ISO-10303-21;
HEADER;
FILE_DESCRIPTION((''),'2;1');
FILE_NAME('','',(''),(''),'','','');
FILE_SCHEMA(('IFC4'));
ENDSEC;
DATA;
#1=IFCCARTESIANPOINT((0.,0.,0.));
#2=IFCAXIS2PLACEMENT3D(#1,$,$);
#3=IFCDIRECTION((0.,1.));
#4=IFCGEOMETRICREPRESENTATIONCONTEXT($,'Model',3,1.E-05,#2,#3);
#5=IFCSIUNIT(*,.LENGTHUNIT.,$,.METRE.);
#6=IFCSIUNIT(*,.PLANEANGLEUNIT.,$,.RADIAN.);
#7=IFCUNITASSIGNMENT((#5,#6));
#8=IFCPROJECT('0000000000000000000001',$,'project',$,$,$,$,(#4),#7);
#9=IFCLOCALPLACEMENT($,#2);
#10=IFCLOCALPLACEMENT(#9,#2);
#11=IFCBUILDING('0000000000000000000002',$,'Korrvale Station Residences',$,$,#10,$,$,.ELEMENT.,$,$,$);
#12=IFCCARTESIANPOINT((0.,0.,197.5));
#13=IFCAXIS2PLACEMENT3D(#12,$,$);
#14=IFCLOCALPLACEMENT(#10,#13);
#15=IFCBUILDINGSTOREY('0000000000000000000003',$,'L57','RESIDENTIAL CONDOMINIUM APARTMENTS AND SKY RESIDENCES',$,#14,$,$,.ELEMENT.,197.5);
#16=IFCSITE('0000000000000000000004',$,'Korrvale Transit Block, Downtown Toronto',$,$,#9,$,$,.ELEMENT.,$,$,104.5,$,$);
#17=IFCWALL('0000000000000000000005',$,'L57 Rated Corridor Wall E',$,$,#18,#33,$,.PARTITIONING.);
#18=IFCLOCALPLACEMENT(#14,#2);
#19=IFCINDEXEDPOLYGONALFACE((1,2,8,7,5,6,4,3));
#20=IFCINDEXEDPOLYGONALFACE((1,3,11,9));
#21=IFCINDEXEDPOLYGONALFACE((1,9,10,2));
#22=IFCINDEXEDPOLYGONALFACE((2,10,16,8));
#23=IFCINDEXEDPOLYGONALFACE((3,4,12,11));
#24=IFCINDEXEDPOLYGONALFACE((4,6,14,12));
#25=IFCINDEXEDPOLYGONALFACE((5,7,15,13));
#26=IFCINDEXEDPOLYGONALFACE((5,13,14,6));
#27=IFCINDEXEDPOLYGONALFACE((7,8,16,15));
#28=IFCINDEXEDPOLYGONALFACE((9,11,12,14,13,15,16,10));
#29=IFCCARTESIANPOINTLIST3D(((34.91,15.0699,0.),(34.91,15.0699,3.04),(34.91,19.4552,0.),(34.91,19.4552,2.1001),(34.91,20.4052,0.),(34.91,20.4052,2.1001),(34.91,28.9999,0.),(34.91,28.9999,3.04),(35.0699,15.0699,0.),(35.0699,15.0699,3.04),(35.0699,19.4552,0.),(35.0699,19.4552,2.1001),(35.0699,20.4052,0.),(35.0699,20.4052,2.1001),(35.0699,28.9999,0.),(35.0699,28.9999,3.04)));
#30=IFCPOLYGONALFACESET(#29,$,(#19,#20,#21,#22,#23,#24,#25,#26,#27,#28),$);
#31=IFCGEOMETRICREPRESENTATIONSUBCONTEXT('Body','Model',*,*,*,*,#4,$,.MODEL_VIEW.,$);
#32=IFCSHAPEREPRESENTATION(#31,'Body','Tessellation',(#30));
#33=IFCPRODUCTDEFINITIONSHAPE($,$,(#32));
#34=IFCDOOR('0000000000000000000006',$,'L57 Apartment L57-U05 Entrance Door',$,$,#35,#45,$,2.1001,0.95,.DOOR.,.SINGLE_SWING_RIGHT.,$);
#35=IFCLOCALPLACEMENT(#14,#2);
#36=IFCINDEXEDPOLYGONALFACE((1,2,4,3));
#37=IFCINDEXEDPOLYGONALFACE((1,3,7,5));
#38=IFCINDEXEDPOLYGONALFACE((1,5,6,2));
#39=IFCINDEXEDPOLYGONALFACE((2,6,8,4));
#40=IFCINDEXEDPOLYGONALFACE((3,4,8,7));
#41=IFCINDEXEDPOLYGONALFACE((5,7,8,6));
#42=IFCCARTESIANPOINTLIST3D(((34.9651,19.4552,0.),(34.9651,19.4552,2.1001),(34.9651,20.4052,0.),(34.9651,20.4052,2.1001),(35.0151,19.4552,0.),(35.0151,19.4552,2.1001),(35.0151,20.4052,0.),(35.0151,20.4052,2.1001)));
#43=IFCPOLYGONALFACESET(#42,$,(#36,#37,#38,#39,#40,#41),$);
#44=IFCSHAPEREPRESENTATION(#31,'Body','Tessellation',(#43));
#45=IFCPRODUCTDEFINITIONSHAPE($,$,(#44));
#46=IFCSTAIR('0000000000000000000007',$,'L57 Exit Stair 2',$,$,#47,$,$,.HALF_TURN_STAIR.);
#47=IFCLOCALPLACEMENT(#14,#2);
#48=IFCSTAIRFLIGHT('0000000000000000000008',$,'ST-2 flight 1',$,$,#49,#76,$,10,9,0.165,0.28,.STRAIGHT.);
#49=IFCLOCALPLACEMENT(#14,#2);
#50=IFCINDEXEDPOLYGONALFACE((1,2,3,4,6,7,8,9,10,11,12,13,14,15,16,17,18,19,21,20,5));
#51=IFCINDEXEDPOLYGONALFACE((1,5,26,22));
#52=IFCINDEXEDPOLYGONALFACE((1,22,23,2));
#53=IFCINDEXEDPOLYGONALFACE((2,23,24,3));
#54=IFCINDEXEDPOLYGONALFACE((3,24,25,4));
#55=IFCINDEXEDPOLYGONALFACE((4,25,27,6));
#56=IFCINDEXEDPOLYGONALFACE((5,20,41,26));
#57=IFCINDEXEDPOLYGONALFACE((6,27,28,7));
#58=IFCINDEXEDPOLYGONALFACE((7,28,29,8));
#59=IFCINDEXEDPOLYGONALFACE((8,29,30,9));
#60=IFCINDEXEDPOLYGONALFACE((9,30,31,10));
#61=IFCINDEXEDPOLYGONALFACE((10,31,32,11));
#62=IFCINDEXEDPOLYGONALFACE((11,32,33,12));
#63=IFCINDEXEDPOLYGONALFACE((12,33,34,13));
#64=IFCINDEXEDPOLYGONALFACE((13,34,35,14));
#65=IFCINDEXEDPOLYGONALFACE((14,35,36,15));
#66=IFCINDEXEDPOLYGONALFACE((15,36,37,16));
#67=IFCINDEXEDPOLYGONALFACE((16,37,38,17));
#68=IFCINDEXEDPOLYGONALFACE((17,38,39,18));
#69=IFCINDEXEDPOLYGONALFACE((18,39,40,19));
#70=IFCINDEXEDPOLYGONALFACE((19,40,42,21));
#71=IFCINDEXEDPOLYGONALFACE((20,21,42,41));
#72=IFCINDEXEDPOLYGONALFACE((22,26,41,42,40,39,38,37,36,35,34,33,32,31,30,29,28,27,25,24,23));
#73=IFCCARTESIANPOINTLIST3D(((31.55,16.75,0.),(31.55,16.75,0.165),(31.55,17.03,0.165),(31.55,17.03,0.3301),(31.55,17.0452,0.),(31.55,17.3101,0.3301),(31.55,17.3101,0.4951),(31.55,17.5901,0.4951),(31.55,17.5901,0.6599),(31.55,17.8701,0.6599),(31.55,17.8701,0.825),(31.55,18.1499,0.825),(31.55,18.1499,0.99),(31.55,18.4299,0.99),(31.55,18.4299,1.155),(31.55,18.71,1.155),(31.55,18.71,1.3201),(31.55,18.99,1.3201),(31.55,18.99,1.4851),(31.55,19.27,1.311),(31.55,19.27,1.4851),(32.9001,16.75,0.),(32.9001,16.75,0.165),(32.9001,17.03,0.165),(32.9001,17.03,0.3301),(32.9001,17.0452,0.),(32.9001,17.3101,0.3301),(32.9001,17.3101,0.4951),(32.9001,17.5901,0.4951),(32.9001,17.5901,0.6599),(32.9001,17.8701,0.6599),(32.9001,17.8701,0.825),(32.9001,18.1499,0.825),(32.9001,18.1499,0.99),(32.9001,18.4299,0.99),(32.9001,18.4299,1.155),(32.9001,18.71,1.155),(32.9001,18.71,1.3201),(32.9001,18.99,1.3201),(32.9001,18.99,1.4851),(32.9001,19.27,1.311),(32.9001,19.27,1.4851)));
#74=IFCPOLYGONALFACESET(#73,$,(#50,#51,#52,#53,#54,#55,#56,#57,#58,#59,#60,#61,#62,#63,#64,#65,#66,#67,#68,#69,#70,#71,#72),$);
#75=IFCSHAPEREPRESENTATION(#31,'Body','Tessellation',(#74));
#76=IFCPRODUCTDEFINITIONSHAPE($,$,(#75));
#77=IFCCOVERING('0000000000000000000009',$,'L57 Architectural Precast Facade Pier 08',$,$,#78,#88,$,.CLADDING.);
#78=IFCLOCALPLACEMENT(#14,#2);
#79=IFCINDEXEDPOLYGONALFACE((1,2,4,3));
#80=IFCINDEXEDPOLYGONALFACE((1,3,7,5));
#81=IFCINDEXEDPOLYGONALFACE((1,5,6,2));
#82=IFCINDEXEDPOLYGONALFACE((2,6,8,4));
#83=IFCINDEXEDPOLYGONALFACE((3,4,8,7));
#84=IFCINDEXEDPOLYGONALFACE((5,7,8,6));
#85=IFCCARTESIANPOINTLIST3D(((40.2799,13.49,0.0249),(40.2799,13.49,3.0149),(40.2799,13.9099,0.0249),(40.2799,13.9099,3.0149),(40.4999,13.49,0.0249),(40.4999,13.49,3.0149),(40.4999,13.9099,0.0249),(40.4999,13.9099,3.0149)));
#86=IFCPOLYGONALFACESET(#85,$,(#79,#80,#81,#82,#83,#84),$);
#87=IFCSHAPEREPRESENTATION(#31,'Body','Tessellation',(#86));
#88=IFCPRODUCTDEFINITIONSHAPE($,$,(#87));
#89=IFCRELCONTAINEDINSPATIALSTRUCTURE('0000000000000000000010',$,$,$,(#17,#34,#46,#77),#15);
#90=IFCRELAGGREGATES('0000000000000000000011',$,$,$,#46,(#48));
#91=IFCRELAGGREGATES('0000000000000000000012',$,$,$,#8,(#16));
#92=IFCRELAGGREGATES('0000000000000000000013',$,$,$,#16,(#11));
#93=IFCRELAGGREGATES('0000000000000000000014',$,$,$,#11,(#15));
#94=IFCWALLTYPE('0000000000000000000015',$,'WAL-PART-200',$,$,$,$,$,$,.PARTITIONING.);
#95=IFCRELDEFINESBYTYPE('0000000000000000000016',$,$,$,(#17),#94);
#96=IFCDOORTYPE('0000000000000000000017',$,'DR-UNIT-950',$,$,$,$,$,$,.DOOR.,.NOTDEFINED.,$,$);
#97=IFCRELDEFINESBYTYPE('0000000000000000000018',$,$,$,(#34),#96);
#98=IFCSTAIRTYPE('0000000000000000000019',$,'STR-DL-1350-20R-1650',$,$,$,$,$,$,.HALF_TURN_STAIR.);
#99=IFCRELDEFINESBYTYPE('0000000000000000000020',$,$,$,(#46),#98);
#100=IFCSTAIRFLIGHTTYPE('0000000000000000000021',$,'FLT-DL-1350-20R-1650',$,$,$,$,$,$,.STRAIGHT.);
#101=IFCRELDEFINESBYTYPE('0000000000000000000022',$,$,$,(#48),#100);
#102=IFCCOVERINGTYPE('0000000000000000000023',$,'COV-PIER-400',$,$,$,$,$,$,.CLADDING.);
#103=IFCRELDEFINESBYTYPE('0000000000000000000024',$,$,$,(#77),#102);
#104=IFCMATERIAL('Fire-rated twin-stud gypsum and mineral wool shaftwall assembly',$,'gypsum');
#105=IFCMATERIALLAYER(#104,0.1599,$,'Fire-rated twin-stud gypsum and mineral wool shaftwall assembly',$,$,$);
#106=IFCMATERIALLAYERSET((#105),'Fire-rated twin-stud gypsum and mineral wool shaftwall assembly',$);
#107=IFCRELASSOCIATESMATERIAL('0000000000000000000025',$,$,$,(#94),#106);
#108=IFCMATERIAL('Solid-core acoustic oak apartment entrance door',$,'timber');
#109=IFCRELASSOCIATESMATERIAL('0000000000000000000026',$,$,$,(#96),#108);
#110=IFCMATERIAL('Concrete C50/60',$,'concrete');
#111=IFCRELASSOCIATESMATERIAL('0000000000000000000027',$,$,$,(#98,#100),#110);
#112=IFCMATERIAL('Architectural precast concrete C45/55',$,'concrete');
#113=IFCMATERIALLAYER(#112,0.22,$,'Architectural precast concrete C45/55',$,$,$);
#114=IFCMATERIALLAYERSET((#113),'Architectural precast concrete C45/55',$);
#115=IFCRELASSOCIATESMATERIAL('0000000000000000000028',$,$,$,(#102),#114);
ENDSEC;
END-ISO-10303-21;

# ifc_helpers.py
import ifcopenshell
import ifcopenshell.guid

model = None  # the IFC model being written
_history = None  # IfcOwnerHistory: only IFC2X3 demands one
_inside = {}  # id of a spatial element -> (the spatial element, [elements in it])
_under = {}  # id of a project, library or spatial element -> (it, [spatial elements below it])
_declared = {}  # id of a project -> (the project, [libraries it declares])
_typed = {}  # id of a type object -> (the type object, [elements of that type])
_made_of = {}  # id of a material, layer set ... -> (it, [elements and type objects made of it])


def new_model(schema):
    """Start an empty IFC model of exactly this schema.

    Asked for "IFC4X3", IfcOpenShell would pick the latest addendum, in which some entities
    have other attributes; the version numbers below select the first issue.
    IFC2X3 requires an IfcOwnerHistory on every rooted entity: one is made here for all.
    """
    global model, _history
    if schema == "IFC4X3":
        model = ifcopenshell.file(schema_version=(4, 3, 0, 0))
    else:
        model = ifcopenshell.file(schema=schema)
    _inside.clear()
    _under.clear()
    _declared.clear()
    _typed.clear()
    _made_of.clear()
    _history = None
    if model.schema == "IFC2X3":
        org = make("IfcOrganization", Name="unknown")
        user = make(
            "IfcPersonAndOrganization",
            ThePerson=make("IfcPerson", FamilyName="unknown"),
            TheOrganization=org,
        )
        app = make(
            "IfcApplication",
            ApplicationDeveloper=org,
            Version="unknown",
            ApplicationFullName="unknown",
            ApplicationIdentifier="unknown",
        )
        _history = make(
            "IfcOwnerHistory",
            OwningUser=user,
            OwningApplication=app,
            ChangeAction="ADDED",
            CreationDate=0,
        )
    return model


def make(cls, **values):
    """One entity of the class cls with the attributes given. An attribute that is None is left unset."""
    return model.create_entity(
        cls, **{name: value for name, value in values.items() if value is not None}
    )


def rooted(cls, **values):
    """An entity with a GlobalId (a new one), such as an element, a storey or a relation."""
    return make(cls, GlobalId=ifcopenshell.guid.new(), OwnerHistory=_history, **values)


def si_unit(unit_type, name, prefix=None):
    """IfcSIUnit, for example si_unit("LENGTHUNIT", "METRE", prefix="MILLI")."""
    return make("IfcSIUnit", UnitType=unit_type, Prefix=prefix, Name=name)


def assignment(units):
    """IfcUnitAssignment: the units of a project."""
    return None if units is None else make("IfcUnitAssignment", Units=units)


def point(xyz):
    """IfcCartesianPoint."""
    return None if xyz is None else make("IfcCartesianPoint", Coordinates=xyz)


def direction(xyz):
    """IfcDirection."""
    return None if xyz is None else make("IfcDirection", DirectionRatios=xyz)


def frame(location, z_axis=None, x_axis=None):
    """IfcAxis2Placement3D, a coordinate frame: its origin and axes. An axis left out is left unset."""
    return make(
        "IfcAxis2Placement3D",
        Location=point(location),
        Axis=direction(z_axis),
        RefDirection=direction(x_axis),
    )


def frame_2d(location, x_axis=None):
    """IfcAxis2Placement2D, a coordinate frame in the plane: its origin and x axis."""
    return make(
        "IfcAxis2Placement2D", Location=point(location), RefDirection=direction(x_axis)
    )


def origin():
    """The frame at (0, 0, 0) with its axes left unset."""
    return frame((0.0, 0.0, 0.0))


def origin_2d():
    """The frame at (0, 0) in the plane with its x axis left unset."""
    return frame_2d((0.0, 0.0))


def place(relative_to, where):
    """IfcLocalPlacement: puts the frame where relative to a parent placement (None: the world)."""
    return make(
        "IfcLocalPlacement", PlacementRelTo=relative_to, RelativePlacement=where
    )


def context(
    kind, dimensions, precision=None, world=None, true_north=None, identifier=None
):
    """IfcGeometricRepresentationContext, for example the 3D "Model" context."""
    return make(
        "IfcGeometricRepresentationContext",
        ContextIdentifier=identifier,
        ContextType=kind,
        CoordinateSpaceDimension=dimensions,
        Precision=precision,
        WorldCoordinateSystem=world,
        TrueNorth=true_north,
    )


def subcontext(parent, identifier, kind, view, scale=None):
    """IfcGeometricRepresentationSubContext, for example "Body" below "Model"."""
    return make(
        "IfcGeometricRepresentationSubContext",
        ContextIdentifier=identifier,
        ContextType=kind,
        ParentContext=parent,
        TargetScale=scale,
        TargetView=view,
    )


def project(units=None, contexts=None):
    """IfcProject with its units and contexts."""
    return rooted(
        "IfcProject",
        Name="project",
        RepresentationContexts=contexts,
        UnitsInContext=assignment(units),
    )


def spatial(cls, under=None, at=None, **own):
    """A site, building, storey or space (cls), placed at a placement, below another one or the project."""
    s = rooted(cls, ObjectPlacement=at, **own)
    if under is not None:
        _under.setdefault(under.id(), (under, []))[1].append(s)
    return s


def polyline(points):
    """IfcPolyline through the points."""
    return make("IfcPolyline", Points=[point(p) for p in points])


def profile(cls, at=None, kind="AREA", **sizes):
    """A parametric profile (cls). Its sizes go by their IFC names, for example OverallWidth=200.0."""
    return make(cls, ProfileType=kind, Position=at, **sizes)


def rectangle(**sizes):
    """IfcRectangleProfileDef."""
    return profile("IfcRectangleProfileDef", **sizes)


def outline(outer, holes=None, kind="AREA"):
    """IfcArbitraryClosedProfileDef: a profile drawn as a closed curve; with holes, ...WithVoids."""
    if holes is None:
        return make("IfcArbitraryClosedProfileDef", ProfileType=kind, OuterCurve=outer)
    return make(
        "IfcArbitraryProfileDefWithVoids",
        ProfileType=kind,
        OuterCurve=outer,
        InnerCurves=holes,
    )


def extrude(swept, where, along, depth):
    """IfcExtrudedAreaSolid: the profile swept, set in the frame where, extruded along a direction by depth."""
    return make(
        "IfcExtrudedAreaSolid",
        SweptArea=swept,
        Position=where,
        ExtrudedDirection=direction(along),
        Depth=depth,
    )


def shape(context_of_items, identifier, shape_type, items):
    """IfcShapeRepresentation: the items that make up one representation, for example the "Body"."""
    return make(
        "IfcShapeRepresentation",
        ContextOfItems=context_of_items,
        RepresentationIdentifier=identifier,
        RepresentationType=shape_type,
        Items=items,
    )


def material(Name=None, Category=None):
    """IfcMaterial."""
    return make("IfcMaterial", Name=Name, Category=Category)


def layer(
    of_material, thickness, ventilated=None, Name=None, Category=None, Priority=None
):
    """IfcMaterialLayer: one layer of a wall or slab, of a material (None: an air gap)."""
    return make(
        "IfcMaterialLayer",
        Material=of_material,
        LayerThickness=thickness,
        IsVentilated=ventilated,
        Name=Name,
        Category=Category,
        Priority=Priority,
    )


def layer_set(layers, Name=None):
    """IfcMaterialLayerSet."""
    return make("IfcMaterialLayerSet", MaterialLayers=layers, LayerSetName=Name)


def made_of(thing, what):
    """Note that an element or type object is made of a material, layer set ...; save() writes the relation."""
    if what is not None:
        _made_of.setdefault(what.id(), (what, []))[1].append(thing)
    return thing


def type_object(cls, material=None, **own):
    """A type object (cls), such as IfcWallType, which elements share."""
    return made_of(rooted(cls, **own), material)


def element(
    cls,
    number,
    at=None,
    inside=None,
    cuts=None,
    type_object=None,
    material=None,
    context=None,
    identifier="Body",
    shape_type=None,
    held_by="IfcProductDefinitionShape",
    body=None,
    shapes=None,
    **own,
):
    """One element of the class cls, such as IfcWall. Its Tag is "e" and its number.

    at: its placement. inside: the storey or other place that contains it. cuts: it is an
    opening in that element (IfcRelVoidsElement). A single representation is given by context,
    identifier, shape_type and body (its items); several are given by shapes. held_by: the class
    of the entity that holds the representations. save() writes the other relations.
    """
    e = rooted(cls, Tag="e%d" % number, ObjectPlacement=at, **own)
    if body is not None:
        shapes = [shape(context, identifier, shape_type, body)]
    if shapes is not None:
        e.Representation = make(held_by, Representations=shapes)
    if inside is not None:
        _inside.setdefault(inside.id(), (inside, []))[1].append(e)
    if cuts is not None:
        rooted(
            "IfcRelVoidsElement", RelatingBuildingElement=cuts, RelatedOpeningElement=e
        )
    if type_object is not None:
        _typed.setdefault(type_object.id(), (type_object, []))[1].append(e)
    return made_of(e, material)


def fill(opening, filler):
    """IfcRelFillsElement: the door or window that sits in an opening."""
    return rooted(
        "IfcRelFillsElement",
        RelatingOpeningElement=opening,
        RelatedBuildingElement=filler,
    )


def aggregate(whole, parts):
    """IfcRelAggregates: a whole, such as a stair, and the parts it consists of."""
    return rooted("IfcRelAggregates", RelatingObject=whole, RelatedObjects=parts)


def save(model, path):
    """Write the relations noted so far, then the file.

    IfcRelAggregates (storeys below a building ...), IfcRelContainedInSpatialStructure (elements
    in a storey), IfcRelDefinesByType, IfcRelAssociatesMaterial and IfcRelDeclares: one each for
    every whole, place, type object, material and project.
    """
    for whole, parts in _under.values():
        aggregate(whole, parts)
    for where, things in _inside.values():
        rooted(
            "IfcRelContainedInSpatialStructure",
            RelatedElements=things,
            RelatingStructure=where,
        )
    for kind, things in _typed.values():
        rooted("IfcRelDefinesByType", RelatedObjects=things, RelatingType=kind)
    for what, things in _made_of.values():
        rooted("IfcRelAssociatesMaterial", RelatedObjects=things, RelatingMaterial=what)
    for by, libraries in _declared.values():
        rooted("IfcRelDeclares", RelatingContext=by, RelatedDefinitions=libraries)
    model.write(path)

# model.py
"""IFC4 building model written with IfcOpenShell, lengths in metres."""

from ifc_helpers import new_model, si_unit, direction, frame, frame_2d, origin, origin_2d, place, context, subcontext, project, spatial, polyline, rectangle, outline, extrude, material, layer, layer_set, type_object, element, fill, aggregate, save


model = new_model("IFC4")

# Units and contexts
model_context = context("Model", 3, precision=1e-05, world=origin(), true_north=direction((0.0, 1.0)))
body_context = subcontext(model_context, "Body", "Model", "MODEL_VIEW")
ifc_project = project(units=[si_unit("LENGTHUNIT", "METRE"), si_unit("PLANEANGLEUNIT", "RADIAN")], contexts=[model_context])

# Site, building, storey
site_placement = place(None, origin())
site = spatial("IfcSite", under=ifc_project, at=site_placement, Name="Korrvale Transit Block, Downtown Toronto", CompositionType="ELEMENT", RefElevation=104.5)
building_placement = place(site_placement, origin())
building = spatial("IfcBuilding", under=site, at=building_placement, Name="Korrvale Station Residences", CompositionType="ELEMENT")
storey_placement = place(building_placement, frame((0.0, 0.0, 197.5)))
storey = spatial("IfcBuildingStorey", under=building, at=storey_placement, Name="L57", Description="RESIDENTIAL CONDOMINIUM APARTMENTS AND SKY RESIDENCES", CompositionType="ELEMENT", Elevation=197.5)

# Shared definitions
ifc_material_1 = material(Name="Concrete C50/60", Category="concrete")

# Shared definitions
ifc_material_2 = material(Name="Fire-rated twin-stud gypsum and mineral wool shaftwall assembly", Category="gypsum")
ifc_layer_1 = layer(ifc_material_2, 0.1599, Name="Fire-rated twin-stud gypsum and mineral wool shaftwall assembly")
ifc_layer_set_1 = layer_set([ifc_layer_1], Name="Fire-rated twin-stud gypsum and mineral wool shaftwall assembly")
wall_type_1 = type_object("IfcWallType", Name="WAL-PART-200", PredefinedType="PARTITIONING", material=ifc_layer_set_1)

# Wall, opening, door
wall_1_placement = place(storey_placement, frame((34.99, 15.0701, 0.0), z_axis=(0.0, 0.0, 1.0), x_axis=(0.0, 1.0, 0.0)))
wall_1 = element("IfcWall", 1, at=wall_1_placement, inside=storey, type_object=wall_type_1, Name="L57 Rated Corridor Wall E", PredefinedType="PARTITIONING", context=body_context, shape_type="SweptSolid", body=[
    extrude(rectangle(XDim=13.9299, YDim=0.1599, at=frame_2d((6.9648, 0.0))), origin(), (0.0, 0.0, 1.0), 3.04),
])
opening_1_placement = place(wall_1_placement, frame((4.385, 0.0, 0.0)))
opening_1 = element("IfcOpeningElement", 2, at=opening_1_placement, cuts=wall_1, PredefinedType="OPENING", context=body_context, shape_type="SweptSolid", body=[
    extrude(rectangle(XDim=0.95, YDim=2.1001, at=frame_2d((0.4751, 1.05))), frame((0.0, 0.0898, 0.0), z_axis=(0.0, -1.0, 0.0), x_axis=(1.0, 0.0, 0.0)), (0.0, 0.0, 1.0), 0.1799),
])
ifc_material_3 = material(Name="Solid-core acoustic oak apartment entrance door", Category="timber")
door_type_1 = type_object("IfcDoorType", Name="DR-UNIT-950", OperationType="NOTDEFINED", PredefinedType="DOOR", material=ifc_material_3)
door_1_placement = place(opening_1_placement, origin())
door_1 = element("IfcDoor", 3, at=door_1_placement, inside=storey, type_object=door_type_1, Name="L57 Apartment L57-U05 Entrance Door", OperationType="SINGLE_SWING_RIGHT", OverallHeight=2.1001, OverallWidth=0.95, PredefinedType="DOOR", context=body_context, shape_type="SweptSolid", body=[
    extrude(rectangle(XDim=0.95, YDim=2.1001, at=frame_2d((0.4751, 1.05))), frame((0.0, 0.0249, 0.0), z_axis=(0.0, -1.0, 0.0), x_axis=(1.0, 0.0, 0.0)), (0.0, 0.0, 1.0), 0.05),
])
fill(opening_1, door_1)

# Stair, stair flight
stair_type = type_object("IfcStairType", Name="STR-DL-1350-20R-1650", PredefinedType="HALF_TURN_STAIR", material=ifc_material_1)
stair_placement = place(storey_placement, origin())
stair = element("IfcStair", 4, at=stair_placement, inside=storey, type_object=stair_type, Name="L57 Exit Stair 2", PredefinedType="HALF_TURN_STAIR")
stair_flight_type = type_object("IfcStairFlightType", Name="FLT-DL-1350-20R-1650", PredefinedType="STRAIGHT", material=ifc_material_1)
stair_flight_placement = place(storey_placement, frame((32.2251, 16.75, 0.0), z_axis=(0.0, 0.0, 1.0), x_axis=(0.0, 1.0, 0.0)))
stair_flight = element("IfcStairFlight", 5, at=stair_flight_placement, type_object=stair_flight_type, Name="ST-2 flight 1", NumberOfRisers=10, NumberOfTreads=9, PredefinedType="STRAIGHT", RiserHeight=0.165, TreadLength=0.28, context=body_context, shape_type="SweptSolid", body=[
    extrude(outline(polyline([(0.0, 0.0), (0.0, 0.165), (0.28, 0.165), (0.28, 0.3301), (0.5601, 0.3301), (0.5601, 0.4951), (0.8401, 0.4951), (0.8401, 0.6599), (1.1201, 0.6599), (1.1201, 0.825), (1.3999, 0.825), (1.3999, 0.99), (1.6799, 0.99), (1.6799, 1.155), (1.96, 1.155), (1.96, 1.3201), (2.24, 1.3201), (2.24, 1.4851), (2.52, 1.4851), (2.52, 1.6499), (2.52, 1.311), (0.2952, 0.0), (0.0, 0.0)])), frame((0.0, 0.675, 0.0), z_axis=(0.0, -1.0, 0.0), x_axis=(1.0, 0.0, 0.0)), (0.0, 0.0, 1.0), 1.3501),
])
aggregate(stair, [stair_flight])

# Covering
ifc_material_4 = material(Name="Architectural precast concrete C45/55", Category="concrete")
ifc_layer_2 = layer(ifc_material_4, 0.22, Name="Architectural precast concrete C45/55")
ifc_layer_set_2 = layer_set([ifc_layer_2], Name="Architectural precast concrete C45/55")
covering_type = type_object("IfcCoveringType", Name="COV-PIER-400", PredefinedType="CLADDING", material=ifc_layer_set_2)
covering_placement = place(storey_placement, frame((40.3899, 13.7, 0.0249), z_axis=(0.0, 0.0, 1.0), x_axis=(0.0, 1.0, 0.0)))
element("IfcCovering", 6, at=covering_placement, inside=storey, type_object=covering_type, Name="L57 Architectural Precast Facade Pier 08", PredefinedType="CLADDING", context=body_context, shape_type="SweptSolid", body=[
    extrude(rectangle(XDim=0.4199, YDim=0.22, at=origin_2d()), origin(), (0.0, 0.0, 1.0), 2.99),
])

save(model, "model.ifc")
